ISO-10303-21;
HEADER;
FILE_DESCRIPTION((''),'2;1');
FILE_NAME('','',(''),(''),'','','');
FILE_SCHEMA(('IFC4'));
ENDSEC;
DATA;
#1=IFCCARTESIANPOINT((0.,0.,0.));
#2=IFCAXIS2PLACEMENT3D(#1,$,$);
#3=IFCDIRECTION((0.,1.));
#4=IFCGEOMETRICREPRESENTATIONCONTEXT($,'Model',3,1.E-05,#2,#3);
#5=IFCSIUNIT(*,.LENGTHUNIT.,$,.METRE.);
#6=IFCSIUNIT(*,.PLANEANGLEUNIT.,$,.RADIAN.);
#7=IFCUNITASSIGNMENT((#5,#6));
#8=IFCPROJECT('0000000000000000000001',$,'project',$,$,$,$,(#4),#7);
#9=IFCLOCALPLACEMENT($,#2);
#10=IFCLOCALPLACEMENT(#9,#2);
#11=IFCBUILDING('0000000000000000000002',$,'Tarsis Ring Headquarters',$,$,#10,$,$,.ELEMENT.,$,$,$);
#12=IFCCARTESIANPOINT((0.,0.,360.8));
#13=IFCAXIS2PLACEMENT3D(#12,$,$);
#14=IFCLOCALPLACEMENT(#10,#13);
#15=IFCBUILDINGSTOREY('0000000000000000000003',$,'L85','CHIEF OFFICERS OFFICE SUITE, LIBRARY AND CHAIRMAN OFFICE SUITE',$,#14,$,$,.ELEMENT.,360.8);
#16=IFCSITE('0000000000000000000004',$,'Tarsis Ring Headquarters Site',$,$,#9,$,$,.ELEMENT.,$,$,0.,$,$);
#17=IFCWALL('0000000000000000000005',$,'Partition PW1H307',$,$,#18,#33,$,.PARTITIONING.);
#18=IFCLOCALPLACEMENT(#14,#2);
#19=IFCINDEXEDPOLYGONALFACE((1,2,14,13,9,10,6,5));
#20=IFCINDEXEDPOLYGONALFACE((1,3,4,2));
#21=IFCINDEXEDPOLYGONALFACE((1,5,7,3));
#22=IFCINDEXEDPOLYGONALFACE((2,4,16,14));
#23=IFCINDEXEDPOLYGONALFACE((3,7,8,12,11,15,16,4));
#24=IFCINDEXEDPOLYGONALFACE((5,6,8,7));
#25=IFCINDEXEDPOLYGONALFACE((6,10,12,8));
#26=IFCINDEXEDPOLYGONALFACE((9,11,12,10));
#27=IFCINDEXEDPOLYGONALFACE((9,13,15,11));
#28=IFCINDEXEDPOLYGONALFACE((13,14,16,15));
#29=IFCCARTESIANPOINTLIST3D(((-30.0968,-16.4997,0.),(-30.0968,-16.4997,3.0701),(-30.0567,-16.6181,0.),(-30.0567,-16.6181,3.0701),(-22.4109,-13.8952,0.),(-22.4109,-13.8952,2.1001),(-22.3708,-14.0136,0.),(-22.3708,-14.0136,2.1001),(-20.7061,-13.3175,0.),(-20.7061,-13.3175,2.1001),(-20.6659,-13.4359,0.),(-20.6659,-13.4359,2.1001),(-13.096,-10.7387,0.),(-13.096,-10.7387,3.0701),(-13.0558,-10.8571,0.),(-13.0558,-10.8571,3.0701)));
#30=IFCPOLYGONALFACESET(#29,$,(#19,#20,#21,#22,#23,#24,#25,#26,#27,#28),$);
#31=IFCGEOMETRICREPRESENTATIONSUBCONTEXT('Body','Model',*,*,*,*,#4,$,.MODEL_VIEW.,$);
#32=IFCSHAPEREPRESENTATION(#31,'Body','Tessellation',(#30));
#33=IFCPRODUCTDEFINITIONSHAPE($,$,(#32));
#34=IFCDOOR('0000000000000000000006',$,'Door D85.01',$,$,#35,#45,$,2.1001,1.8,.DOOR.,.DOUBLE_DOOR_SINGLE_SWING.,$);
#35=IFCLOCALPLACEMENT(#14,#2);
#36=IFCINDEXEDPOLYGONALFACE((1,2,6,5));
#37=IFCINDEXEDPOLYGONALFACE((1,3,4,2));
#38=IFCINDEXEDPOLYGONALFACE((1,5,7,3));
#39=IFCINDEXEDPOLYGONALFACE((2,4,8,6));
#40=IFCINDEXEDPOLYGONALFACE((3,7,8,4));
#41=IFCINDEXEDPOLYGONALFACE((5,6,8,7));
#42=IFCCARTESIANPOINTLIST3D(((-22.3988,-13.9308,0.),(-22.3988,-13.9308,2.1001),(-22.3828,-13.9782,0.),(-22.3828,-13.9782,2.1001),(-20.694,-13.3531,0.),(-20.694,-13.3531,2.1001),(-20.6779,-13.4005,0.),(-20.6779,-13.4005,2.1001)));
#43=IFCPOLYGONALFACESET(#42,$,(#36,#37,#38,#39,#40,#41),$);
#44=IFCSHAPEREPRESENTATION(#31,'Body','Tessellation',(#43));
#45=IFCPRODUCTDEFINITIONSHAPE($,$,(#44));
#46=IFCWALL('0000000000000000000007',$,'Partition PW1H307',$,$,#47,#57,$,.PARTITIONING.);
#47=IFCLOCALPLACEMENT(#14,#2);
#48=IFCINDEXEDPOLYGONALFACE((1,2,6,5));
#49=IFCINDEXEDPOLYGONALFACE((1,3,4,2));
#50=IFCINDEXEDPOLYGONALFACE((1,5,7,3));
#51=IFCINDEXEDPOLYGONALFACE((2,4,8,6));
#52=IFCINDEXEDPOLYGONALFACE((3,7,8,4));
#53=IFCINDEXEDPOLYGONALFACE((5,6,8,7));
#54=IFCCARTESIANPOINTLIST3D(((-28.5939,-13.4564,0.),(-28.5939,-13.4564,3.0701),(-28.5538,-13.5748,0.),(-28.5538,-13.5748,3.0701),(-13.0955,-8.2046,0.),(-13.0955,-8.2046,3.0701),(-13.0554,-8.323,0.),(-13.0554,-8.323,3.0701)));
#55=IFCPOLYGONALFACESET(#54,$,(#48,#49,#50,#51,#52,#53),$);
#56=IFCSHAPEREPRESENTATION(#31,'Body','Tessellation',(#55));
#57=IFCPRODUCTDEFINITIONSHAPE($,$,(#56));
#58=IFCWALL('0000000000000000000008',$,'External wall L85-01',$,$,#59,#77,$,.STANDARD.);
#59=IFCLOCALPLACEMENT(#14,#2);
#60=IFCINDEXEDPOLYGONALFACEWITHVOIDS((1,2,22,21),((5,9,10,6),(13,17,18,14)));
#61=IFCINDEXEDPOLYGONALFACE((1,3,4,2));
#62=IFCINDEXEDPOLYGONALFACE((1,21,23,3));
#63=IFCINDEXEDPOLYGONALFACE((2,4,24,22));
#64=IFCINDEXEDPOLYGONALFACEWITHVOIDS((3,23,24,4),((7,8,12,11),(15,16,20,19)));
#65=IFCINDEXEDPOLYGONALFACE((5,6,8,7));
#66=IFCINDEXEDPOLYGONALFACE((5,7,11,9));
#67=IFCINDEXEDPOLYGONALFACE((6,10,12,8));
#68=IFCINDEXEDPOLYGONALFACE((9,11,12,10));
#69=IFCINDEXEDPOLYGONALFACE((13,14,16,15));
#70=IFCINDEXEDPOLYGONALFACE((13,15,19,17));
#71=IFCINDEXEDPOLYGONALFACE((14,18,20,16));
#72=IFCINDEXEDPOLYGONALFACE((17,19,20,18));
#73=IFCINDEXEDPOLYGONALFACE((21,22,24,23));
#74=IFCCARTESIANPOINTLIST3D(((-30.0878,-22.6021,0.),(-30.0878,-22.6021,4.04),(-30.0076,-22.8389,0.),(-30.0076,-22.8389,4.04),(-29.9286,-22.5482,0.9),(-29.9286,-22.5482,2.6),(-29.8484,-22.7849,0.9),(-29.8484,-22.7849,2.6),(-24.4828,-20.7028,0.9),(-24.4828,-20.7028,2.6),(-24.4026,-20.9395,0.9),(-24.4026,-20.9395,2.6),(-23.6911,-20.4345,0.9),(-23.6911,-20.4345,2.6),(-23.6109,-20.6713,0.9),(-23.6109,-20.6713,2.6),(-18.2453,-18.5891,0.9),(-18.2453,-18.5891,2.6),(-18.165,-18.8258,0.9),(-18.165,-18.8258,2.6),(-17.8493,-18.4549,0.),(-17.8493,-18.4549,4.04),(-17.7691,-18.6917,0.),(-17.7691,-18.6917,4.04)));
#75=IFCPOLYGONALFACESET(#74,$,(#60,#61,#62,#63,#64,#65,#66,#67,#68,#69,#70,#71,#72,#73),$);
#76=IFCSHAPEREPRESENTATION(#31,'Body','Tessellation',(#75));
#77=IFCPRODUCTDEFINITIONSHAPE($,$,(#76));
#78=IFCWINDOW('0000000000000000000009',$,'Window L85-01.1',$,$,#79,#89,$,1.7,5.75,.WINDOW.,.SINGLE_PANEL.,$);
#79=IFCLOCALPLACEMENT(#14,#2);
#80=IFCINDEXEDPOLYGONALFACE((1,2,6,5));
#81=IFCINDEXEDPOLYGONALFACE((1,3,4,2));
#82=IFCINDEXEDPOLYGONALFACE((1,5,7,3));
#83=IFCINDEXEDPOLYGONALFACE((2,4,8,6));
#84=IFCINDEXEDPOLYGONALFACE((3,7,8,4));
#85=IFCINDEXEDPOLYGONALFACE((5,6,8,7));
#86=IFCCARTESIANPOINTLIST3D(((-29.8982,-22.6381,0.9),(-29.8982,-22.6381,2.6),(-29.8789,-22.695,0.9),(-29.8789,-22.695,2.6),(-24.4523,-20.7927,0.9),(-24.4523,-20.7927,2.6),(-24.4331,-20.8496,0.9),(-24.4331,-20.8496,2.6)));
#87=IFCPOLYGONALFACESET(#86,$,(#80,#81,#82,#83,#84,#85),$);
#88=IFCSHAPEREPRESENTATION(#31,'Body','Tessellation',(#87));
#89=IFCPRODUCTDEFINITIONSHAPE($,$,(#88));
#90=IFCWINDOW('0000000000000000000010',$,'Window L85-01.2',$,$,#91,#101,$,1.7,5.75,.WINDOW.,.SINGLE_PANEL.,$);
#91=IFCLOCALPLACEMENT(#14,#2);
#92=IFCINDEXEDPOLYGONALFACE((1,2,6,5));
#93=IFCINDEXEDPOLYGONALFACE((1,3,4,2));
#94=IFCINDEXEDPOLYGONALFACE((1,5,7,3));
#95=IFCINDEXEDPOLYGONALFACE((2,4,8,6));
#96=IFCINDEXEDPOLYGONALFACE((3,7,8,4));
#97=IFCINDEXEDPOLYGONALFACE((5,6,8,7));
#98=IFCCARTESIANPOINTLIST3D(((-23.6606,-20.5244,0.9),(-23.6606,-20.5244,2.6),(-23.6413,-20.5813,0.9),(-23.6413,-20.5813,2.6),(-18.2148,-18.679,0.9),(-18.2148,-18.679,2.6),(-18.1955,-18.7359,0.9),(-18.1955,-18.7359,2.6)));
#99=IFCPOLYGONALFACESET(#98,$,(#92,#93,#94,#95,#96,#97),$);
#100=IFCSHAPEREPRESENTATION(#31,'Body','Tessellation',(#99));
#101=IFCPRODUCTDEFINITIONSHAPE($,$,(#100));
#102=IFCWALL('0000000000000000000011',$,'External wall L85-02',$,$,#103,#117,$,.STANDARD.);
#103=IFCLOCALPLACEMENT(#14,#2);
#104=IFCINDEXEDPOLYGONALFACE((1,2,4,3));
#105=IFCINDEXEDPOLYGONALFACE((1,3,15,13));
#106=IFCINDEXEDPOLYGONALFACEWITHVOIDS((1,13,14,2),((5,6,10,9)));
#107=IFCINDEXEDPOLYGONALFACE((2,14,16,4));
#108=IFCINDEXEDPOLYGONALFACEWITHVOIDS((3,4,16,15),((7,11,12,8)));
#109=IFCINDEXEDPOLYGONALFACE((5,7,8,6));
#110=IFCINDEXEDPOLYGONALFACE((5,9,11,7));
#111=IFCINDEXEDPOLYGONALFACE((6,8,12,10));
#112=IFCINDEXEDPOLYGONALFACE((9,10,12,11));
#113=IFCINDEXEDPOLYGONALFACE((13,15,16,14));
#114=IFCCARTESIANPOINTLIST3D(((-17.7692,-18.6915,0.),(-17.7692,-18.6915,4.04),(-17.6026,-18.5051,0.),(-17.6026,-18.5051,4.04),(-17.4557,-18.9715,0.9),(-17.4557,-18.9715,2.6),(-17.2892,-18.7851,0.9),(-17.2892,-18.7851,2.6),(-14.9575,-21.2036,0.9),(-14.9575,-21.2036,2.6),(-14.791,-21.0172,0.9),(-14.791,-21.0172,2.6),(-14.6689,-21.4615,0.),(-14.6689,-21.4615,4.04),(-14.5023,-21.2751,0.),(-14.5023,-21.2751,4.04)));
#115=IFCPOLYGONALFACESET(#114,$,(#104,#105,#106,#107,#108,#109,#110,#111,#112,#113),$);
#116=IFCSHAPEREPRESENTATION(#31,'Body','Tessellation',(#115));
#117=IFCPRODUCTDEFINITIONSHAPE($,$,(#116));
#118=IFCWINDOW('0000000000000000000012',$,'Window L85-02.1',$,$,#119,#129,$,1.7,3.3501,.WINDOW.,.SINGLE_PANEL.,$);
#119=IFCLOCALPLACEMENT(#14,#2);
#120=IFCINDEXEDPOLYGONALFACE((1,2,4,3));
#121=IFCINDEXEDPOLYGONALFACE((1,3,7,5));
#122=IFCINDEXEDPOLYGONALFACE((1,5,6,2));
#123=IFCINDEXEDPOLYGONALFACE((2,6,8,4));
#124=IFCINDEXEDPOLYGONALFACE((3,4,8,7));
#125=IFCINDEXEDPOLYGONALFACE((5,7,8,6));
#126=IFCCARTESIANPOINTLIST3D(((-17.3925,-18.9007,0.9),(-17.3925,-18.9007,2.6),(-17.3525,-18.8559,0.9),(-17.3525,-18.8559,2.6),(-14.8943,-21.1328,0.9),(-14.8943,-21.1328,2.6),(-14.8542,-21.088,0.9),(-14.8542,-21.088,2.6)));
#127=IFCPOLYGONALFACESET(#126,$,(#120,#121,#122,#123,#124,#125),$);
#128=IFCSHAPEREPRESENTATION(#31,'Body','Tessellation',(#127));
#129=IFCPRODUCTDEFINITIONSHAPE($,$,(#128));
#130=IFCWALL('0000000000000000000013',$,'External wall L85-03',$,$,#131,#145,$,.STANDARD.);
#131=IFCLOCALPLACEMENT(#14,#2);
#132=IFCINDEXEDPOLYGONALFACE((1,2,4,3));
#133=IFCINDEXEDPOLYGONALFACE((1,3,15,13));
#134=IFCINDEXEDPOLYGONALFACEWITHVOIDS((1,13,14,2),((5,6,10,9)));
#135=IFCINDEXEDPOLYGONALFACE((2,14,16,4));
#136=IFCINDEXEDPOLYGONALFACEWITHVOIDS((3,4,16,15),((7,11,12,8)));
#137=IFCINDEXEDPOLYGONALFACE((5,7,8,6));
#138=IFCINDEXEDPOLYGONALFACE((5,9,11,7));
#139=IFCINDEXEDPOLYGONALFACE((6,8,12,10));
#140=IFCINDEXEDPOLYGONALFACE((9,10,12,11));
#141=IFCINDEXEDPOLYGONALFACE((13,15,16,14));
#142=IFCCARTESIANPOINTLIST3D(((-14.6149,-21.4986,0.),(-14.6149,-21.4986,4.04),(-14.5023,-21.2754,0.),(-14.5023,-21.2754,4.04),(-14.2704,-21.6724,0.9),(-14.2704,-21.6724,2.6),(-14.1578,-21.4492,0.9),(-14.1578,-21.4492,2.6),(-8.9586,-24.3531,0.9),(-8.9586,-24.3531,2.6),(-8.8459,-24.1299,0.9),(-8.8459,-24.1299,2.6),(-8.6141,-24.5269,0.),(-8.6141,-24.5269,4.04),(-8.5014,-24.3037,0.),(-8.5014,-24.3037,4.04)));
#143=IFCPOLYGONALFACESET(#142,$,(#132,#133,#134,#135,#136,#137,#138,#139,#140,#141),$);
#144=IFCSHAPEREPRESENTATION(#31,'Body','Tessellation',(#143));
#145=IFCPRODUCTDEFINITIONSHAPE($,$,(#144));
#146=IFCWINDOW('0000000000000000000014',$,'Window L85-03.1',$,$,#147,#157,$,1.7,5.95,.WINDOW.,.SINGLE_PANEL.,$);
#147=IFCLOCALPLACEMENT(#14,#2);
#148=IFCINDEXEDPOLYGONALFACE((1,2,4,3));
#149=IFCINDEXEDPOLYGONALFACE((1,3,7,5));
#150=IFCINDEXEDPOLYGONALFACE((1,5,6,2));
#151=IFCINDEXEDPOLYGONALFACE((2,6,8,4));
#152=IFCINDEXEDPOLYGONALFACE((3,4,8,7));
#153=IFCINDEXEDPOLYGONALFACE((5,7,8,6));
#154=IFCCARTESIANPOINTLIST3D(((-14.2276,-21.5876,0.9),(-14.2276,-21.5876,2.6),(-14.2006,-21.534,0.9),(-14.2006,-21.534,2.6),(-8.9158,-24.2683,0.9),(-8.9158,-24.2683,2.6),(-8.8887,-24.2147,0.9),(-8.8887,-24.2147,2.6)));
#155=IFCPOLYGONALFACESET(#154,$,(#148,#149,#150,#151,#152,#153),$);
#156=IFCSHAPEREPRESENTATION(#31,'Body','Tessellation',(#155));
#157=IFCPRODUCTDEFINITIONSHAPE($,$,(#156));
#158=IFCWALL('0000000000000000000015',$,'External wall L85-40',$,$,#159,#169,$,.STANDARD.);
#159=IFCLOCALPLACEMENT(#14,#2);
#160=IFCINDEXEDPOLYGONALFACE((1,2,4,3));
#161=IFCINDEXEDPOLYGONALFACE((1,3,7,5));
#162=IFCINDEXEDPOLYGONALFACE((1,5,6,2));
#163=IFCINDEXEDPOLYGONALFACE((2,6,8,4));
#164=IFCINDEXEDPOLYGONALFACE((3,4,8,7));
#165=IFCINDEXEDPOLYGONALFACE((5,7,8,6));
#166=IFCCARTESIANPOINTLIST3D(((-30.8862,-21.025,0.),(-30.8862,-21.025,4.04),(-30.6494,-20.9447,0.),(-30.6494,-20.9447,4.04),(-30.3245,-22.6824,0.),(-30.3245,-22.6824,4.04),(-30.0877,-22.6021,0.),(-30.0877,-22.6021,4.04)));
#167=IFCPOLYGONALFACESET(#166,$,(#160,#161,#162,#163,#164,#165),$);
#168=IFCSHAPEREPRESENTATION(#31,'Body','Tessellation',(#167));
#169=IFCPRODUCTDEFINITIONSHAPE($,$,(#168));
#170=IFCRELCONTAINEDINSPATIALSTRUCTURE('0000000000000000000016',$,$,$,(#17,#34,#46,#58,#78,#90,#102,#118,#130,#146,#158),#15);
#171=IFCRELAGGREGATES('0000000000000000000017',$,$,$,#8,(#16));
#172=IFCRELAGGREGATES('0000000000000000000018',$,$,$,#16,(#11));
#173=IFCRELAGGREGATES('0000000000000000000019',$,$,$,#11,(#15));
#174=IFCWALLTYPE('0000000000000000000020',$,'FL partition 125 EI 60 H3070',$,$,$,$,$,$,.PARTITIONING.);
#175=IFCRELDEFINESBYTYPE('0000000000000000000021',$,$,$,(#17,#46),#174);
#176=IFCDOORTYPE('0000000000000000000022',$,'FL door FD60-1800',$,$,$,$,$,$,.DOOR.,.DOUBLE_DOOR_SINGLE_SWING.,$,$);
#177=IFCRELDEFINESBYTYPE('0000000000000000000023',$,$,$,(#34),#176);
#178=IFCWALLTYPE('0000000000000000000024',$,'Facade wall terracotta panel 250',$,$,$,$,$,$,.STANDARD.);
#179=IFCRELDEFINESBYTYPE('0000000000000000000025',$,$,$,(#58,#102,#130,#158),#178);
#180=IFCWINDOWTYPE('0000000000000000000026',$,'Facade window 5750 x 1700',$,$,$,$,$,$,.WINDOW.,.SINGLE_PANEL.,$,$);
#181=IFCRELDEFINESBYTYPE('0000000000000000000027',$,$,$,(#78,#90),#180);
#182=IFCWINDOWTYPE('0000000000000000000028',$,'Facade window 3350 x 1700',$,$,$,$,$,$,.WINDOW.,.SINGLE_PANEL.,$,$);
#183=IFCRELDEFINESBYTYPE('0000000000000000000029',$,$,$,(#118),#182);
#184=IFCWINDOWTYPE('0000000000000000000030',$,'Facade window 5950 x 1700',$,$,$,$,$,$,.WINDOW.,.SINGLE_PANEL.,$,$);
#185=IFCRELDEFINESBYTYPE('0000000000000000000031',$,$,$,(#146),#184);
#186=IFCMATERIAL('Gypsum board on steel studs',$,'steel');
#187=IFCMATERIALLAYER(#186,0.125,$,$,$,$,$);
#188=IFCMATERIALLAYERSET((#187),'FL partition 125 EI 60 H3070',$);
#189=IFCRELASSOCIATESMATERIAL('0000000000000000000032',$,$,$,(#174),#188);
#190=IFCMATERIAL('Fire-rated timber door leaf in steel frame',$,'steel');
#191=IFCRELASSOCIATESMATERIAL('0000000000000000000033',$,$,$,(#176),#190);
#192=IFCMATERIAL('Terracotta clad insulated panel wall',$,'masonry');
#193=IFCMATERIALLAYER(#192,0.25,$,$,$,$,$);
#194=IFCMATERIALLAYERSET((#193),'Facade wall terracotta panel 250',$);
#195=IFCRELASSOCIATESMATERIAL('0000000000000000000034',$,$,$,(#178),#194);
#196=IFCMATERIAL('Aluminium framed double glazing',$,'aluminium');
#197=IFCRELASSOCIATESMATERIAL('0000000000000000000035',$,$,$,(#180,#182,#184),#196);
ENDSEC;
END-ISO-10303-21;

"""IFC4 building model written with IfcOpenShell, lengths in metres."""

from ifc_helpers import new_model, si_unit, direction, frame, frame_2d, origin, place, context, subcontext, project, spatial, rectangle, extrude, material, layer, layer_set, type_object, element, fill, save


model = new_model("IFC4")

# Units and contexts
model_context = context("Model", 3, precision=1e-05, world=origin(), true_north=direction((0.0, 1.0)))
body_context = subcontext(model_context, "Body", "Model", "MODEL_VIEW")
ifc_project = project(units=[si_unit("LENGTHUNIT", "METRE"), si_unit("PLANEANGLEUNIT", "RADIAN")], contexts=[model_context])

# Site, building, storey
site_placement = place(None, origin())
site = spatial("IfcSite", under=ifc_project, at=site_placement, Name="Tarsis Ring Headquarters Site", CompositionType="ELEMENT", RefElevation=0.0)
building_placement = place(site_placement, origin())
building = spatial("IfcBuilding", under=site, at=building_placement, Name="Tarsis Ring Headquarters", CompositionType="ELEMENT")
storey_placement = place(building_placement, frame((0.0, 0.0, 360.8)))
storey = spatial("IfcBuildingStorey", under=building, at=storey_placement, Name="L85", Description="CHIEF OFFICERS OFFICE SUITE, LIBRARY AND CHAIRMAN OFFICE SUITE", CompositionType="ELEMENT", Elevation=360.8)

# Shared definitions
ifc_material_1 = material(Name="Gypsum board on steel studs", Category="steel")

# Wall, opening, door
ifc_layer_1 = layer(ifc_material_1, 0.125)
ifc_layer_set_1 = layer_set([ifc_layer_1], Name="FL partition 125 EI 60 H3070")
wall_type_1 = type_object("IfcWallType", Name="FL partition 125 EI 60 H3070", PredefinedType="PARTITIONING", material=ifc_layer_set_1)
wall_1_placement = place(storey_placement, frame((-30.0767, -16.5588, 0.0), z_axis=(0.0, 0.0, 1.0), x_axis=(0.947101, 0.320937, 0.0)))
wall_1 = element("IfcWall", 1, at=wall_1_placement, inside=storey, type_object=wall_type_1, Name="Partition PW1H307", PredefinedType="PARTITIONING", context=body_context, shape_type="SweptSolid", body=[
    extrude(rectangle(XDim=17.9504, YDim=0.125, at=frame_2d((8.9751, 0.0))), origin(), (0.0, 0.0, 1.0), 3.0701),
])
opening_1_placement = place(wall_1_placement, frame((8.1152, 0.0, 0.0)))
opening_1 = element("IfcOpeningElement", 2, at=opening_1_placement, cuts=wall_1, PredefinedType="OPENING", context=body_context, shape_type="SweptSolid", body=[
    extrude(rectangle(XDim=1.8, YDim=2.1001, at=frame_2d((0.8999, 1.05))), frame((0.0, 0.0725, 0.0), z_axis=(0.0, -1.0, 0.0), x_axis=(1.0, 0.0, 0.0)), (0.0, 0.0, 1.0), 0.145),
])
ifc_material_2 = material(Name="Fire-rated timber door leaf in steel frame", Category="steel")
door_type = type_object("IfcDoorType", Name="FL door FD60-1800", OperationType="DOUBLE_DOOR_SINGLE_SWING", PredefinedType="DOOR", material=ifc_material_2)
door_placement = place(opening_1_placement, origin())
door = element("IfcDoor", 3, at=door_placement, inside=storey, type_object=door_type, Name="Door D85.01", OperationType="DOUBLE_DOOR_SINGLE_SWING", OverallHeight=2.1001, OverallWidth=1.8, PredefinedType="DOOR", context=body_context, shape_type="SweptSolid", body=[
    extrude(rectangle(XDim=1.8, YDim=2.1001, at=frame_2d((0.8999, 1.05))), frame((0.0, 0.0249, 0.0), z_axis=(0.0, -1.0, 0.0), x_axis=(1.0, 0.0, 0.0)), (0.0, 0.0, 1.0), 0.05),
])
fill(opening_1, door)

# Wall
wall_2_placement = place(storey_placement, frame((-28.574, -13.5156, 0.0), z_axis=(0.0, 0.0, 1.0), x_axis=(0.947102, 0.320932, 0.0)))
element("IfcWall", 4, at=wall_2_placement, inside=storey, type_object=wall_type_1, Name="Partition PW1H307", PredefinedType="PARTITIONING", context=body_context, shape_type="SweptSolid", body=[
    extrude(rectangle(XDim=16.364, YDim=0.125, at=frame_2d((8.1821, 0.0))), origin(), (0.0, 0.0, 1.0), 3.0701),
])

# Wall, openings, windows
ifc_material_3 = material(Name="Terracotta clad insulated panel wall", Category="masonry")
ifc_layer_2 = layer(ifc_material_3, 0.25)
ifc_layer_set_2 = layer_set([ifc_layer_2], Name="Facade wall terracotta panel 250")
wall_type_2 = type_object("IfcWallType", Name="Facade wall terracotta panel 250", PredefinedType="STANDARD", material=ifc_layer_set_2)
wall_3_placement = place(storey_placement, frame((-30.0476, -22.7205, 0.0), z_axis=(0.0, 0.0, 1.0), x_axis=(0.9471, 0.32094, 0.0)))
wall_3 = element("IfcWall", 5, at=wall_3_placement, inside=storey, type_object=wall_type_2, Name="External wall L85-01", PredefinedType="STANDARD", context=body_context, shape_type="SweptSolid", body=[
    extrude(rectangle(XDim=12.9221, YDim=0.25, at=frame_2d((6.4609, 0.0))), origin(), (0.0, 0.0, 1.0), 4.04),
])
opening_2_placement = place(wall_3_placement, frame((0.168, 0.0, 0.8999)))
opening_2 = element("IfcOpeningElement", 6, at=opening_2_placement, cuts=wall_3, PredefinedType="OPENING", context=body_context, shape_type="SweptSolid", body=[
    extrude(rectangle(XDim=5.75, YDim=1.7, at=frame_2d((2.875, 0.8501))), frame((0.0, 0.135, 0.0), z_axis=(0.0, -1.0, 0.0), x_axis=(1.0, 0.0, 0.0)), (0.0, 0.0, 1.0), 0.27),
])
opening_3_placement = place(wall_3_placement, frame((6.7539, 0.0, 0.8999)))
opening_3 = element("IfcOpeningElement", 7, at=opening_3_placement, cuts=wall_3, PredefinedType="OPENING", context=body_context, shape_type="SweptSolid", body=[
    extrude(rectangle(XDim=5.75, YDim=1.7, at=frame_2d((2.875, 0.8501))), frame((0.0, 0.135, 0.0), z_axis=(0.0, -1.0, 0.0), x_axis=(1.0, 0.0, 0.0)), (0.0, 0.0, 1.0), 0.27),
])
ifc_material_4 = material(Name="Aluminium framed double glazing", Category="aluminium")
window_type_1 = type_object("IfcWindowType", Name="Facade window 5750 x 1700", PartitioningType="SINGLE_PANEL", PredefinedType="WINDOW", material=ifc_material_4)
window_1_placement = place(opening_2_placement, origin())
window_1 = element("IfcWindow", 8, at=window_1_placement, inside=storey, type_object=window_type_1, Name="Window L85-01.1", OverallHeight=1.7, OverallWidth=5.75, PartitioningType="SINGLE_PANEL", PredefinedType="WINDOW", context=body_context, shape_type="SweptSolid", body=[
    extrude(rectangle(XDim=5.75, YDim=1.7, at=frame_2d((2.875, 0.8501))), frame((0.0, 0.03, 0.0), z_axis=(0.0, -1.0, 0.0), x_axis=(1.0, 0.0, 0.0)), (0.0, 0.0, 1.0), 0.0601),
])
fill(opening_2, window_1)
window_2_placement = place(opening_3_placement, origin())
window_2 = element("IfcWindow", 9, at=window_2_placement, inside=storey, type_object=window_type_1, Name="Window L85-01.2", OverallHeight=1.7, OverallWidth=5.75, PartitioningType="SINGLE_PANEL", PredefinedType="WINDOW", context=body_context, shape_type="SweptSolid", body=[
    extrude(rectangle(XDim=5.75, YDim=1.7, at=frame_2d((2.875, 0.8501))), frame((0.0, 0.03, 0.0), z_axis=(0.0, -1.0, 0.0), x_axis=(1.0, 0.0, 0.0)), (0.0, 0.0, 1.0), 0.0601),
])
fill(opening_3, window_2)

# Walls, openings, windows
wall_4_placement = place(storey_placement, frame((-17.6858, -18.5984, 0.0), z_axis=(0.0, 0.0, 1.0), x_axis=(0.745716, -0.666264, 0.0)))
wall_4 = element("IfcWall", 10, at=wall_4_placement, inside=storey, type_object=wall_type_2, Name="External wall L85-02", PredefinedType="STANDARD", context=body_context, shape_type="SweptSolid", body=[
    extrude(rectangle(XDim=4.1575, YDim=0.25, at=frame_2d((2.0786, 0.0))), origin(), (0.0, 0.0, 1.0), 4.04),
])
opening_4_placement = place(wall_4_placement, frame((0.4202, 0.0, 0.8999)))
opening_4 = element("IfcOpeningElement", 11, at=opening_4_placement, cuts=wall_4, PredefinedType="OPENING", context=body_context, shape_type="SweptSolid", body=[
    extrude(rectangle(XDim=3.3501, YDim=1.7, at=frame_2d((1.675, 0.8501))), frame((0.0, 0.135, 0.0), z_axis=(0.0, -1.0, 0.0), x_axis=(1.0, 0.0, 0.0)), (0.0, 0.0, 1.0), 0.27),
])
window_type_2 = type_object("IfcWindowType", Name="Facade window 3350 x 1700", PartitioningType="SINGLE_PANEL", PredefinedType="WINDOW", material=ifc_material_4)
window_3_placement = place(opening_4_placement, origin())
window_3 = element("IfcWindow", 12, at=window_3_placement, inside=storey, type_object=window_type_2, Name="Window L85-02.1", OverallHeight=1.7, OverallWidth=3.3501, PartitioningType="SINGLE_PANEL", PredefinedType="WINDOW", context=body_context, shape_type="SweptSolid", body=[
    extrude(rectangle(XDim=3.3501, YDim=1.7, at=frame_2d((1.675, 0.8501))), frame((0.0, 0.03, 0.0), z_axis=(0.0, -1.0, 0.0), x_axis=(1.0, 0.0, 0.0)), (0.0, 0.0, 1.0), 0.0601),
])
fill(opening_4, window_3)
wall_5_placement = place(storey_placement, frame((-14.5586, -21.387, 0.0), z_axis=(0.0, 0.0, 1.0), x_axis=(0.892757, -0.450538, 0.0)))
wall_5 = element("IfcWall", 13, at=wall_5_placement, inside=storey, type_object=wall_type_2, Name="External wall L85-03", PredefinedType="STANDARD", context=body_context, shape_type="SweptSolid", body=[
    extrude(rectangle(XDim=6.7217, YDim=0.25, at=frame_2d((3.3608, 0.0))), origin(), (0.0, 0.0, 1.0), 4.04),
])
opening_5_placement = place(wall_5_placement, frame((0.3857, 0.0, 0.8999)))
opening_5 = element("IfcOpeningElement", 14, at=opening_5_placement, cuts=wall_5, PredefinedType="OPENING", context=body_context, shape_type="SweptSolid", body=[
    extrude(rectangle(XDim=5.95, YDim=1.7, at=frame_2d((2.9751, 0.8501))), frame((0.0, 0.135, 0.0), z_axis=(0.0, -1.0, 0.0), x_axis=(1.0, 0.0, 0.0)), (0.0, 0.0, 1.0), 0.27),
])
window_type_3 = type_object("IfcWindowType", Name="Facade window 5950 x 1700", PartitioningType="SINGLE_PANEL", PredefinedType="WINDOW", material=ifc_material_4)
window_4_placement = place(opening_5_placement, origin())
window_4 = element("IfcWindow", 15, at=window_4_placement, inside=storey, type_object=window_type_3, Name="Window L85-03.1", OverallHeight=1.7, OverallWidth=5.95, PartitioningType="SINGLE_PANEL", PredefinedType="WINDOW", context=body_context, shape_type="SweptSolid", body=[
    extrude(rectangle(XDim=5.95, YDim=1.7, at=frame_2d((2.9751, 0.8501))), frame((0.0, 0.03, 0.0), z_axis=(0.0, -1.0, 0.0), x_axis=(1.0, 0.0, 0.0)), (0.0, 0.0, 1.0), 0.0601),
])
fill(opening_5, window_4)

# Wall
wall_6_placement = place(storey_placement, frame((-30.7678, -20.9849, 0.0), z_axis=(0.0, 0.0, 1.0), x_axis=(0.320995, -0.947081, 0.0)))
element("IfcWall", 16, at=wall_6_placement, inside=storey, type_object=wall_type_2, Name="External wall L85-40", PredefinedType="STANDARD", context=body_context, shape_type="SweptSolid", body=[
    extrude(rectangle(XDim=1.75, YDim=0.25, at=frame_2d((0.875, 0.0))), origin(), (0.0, 0.0, 1.0), 4.04),
])

save(model, "model.ifc")
